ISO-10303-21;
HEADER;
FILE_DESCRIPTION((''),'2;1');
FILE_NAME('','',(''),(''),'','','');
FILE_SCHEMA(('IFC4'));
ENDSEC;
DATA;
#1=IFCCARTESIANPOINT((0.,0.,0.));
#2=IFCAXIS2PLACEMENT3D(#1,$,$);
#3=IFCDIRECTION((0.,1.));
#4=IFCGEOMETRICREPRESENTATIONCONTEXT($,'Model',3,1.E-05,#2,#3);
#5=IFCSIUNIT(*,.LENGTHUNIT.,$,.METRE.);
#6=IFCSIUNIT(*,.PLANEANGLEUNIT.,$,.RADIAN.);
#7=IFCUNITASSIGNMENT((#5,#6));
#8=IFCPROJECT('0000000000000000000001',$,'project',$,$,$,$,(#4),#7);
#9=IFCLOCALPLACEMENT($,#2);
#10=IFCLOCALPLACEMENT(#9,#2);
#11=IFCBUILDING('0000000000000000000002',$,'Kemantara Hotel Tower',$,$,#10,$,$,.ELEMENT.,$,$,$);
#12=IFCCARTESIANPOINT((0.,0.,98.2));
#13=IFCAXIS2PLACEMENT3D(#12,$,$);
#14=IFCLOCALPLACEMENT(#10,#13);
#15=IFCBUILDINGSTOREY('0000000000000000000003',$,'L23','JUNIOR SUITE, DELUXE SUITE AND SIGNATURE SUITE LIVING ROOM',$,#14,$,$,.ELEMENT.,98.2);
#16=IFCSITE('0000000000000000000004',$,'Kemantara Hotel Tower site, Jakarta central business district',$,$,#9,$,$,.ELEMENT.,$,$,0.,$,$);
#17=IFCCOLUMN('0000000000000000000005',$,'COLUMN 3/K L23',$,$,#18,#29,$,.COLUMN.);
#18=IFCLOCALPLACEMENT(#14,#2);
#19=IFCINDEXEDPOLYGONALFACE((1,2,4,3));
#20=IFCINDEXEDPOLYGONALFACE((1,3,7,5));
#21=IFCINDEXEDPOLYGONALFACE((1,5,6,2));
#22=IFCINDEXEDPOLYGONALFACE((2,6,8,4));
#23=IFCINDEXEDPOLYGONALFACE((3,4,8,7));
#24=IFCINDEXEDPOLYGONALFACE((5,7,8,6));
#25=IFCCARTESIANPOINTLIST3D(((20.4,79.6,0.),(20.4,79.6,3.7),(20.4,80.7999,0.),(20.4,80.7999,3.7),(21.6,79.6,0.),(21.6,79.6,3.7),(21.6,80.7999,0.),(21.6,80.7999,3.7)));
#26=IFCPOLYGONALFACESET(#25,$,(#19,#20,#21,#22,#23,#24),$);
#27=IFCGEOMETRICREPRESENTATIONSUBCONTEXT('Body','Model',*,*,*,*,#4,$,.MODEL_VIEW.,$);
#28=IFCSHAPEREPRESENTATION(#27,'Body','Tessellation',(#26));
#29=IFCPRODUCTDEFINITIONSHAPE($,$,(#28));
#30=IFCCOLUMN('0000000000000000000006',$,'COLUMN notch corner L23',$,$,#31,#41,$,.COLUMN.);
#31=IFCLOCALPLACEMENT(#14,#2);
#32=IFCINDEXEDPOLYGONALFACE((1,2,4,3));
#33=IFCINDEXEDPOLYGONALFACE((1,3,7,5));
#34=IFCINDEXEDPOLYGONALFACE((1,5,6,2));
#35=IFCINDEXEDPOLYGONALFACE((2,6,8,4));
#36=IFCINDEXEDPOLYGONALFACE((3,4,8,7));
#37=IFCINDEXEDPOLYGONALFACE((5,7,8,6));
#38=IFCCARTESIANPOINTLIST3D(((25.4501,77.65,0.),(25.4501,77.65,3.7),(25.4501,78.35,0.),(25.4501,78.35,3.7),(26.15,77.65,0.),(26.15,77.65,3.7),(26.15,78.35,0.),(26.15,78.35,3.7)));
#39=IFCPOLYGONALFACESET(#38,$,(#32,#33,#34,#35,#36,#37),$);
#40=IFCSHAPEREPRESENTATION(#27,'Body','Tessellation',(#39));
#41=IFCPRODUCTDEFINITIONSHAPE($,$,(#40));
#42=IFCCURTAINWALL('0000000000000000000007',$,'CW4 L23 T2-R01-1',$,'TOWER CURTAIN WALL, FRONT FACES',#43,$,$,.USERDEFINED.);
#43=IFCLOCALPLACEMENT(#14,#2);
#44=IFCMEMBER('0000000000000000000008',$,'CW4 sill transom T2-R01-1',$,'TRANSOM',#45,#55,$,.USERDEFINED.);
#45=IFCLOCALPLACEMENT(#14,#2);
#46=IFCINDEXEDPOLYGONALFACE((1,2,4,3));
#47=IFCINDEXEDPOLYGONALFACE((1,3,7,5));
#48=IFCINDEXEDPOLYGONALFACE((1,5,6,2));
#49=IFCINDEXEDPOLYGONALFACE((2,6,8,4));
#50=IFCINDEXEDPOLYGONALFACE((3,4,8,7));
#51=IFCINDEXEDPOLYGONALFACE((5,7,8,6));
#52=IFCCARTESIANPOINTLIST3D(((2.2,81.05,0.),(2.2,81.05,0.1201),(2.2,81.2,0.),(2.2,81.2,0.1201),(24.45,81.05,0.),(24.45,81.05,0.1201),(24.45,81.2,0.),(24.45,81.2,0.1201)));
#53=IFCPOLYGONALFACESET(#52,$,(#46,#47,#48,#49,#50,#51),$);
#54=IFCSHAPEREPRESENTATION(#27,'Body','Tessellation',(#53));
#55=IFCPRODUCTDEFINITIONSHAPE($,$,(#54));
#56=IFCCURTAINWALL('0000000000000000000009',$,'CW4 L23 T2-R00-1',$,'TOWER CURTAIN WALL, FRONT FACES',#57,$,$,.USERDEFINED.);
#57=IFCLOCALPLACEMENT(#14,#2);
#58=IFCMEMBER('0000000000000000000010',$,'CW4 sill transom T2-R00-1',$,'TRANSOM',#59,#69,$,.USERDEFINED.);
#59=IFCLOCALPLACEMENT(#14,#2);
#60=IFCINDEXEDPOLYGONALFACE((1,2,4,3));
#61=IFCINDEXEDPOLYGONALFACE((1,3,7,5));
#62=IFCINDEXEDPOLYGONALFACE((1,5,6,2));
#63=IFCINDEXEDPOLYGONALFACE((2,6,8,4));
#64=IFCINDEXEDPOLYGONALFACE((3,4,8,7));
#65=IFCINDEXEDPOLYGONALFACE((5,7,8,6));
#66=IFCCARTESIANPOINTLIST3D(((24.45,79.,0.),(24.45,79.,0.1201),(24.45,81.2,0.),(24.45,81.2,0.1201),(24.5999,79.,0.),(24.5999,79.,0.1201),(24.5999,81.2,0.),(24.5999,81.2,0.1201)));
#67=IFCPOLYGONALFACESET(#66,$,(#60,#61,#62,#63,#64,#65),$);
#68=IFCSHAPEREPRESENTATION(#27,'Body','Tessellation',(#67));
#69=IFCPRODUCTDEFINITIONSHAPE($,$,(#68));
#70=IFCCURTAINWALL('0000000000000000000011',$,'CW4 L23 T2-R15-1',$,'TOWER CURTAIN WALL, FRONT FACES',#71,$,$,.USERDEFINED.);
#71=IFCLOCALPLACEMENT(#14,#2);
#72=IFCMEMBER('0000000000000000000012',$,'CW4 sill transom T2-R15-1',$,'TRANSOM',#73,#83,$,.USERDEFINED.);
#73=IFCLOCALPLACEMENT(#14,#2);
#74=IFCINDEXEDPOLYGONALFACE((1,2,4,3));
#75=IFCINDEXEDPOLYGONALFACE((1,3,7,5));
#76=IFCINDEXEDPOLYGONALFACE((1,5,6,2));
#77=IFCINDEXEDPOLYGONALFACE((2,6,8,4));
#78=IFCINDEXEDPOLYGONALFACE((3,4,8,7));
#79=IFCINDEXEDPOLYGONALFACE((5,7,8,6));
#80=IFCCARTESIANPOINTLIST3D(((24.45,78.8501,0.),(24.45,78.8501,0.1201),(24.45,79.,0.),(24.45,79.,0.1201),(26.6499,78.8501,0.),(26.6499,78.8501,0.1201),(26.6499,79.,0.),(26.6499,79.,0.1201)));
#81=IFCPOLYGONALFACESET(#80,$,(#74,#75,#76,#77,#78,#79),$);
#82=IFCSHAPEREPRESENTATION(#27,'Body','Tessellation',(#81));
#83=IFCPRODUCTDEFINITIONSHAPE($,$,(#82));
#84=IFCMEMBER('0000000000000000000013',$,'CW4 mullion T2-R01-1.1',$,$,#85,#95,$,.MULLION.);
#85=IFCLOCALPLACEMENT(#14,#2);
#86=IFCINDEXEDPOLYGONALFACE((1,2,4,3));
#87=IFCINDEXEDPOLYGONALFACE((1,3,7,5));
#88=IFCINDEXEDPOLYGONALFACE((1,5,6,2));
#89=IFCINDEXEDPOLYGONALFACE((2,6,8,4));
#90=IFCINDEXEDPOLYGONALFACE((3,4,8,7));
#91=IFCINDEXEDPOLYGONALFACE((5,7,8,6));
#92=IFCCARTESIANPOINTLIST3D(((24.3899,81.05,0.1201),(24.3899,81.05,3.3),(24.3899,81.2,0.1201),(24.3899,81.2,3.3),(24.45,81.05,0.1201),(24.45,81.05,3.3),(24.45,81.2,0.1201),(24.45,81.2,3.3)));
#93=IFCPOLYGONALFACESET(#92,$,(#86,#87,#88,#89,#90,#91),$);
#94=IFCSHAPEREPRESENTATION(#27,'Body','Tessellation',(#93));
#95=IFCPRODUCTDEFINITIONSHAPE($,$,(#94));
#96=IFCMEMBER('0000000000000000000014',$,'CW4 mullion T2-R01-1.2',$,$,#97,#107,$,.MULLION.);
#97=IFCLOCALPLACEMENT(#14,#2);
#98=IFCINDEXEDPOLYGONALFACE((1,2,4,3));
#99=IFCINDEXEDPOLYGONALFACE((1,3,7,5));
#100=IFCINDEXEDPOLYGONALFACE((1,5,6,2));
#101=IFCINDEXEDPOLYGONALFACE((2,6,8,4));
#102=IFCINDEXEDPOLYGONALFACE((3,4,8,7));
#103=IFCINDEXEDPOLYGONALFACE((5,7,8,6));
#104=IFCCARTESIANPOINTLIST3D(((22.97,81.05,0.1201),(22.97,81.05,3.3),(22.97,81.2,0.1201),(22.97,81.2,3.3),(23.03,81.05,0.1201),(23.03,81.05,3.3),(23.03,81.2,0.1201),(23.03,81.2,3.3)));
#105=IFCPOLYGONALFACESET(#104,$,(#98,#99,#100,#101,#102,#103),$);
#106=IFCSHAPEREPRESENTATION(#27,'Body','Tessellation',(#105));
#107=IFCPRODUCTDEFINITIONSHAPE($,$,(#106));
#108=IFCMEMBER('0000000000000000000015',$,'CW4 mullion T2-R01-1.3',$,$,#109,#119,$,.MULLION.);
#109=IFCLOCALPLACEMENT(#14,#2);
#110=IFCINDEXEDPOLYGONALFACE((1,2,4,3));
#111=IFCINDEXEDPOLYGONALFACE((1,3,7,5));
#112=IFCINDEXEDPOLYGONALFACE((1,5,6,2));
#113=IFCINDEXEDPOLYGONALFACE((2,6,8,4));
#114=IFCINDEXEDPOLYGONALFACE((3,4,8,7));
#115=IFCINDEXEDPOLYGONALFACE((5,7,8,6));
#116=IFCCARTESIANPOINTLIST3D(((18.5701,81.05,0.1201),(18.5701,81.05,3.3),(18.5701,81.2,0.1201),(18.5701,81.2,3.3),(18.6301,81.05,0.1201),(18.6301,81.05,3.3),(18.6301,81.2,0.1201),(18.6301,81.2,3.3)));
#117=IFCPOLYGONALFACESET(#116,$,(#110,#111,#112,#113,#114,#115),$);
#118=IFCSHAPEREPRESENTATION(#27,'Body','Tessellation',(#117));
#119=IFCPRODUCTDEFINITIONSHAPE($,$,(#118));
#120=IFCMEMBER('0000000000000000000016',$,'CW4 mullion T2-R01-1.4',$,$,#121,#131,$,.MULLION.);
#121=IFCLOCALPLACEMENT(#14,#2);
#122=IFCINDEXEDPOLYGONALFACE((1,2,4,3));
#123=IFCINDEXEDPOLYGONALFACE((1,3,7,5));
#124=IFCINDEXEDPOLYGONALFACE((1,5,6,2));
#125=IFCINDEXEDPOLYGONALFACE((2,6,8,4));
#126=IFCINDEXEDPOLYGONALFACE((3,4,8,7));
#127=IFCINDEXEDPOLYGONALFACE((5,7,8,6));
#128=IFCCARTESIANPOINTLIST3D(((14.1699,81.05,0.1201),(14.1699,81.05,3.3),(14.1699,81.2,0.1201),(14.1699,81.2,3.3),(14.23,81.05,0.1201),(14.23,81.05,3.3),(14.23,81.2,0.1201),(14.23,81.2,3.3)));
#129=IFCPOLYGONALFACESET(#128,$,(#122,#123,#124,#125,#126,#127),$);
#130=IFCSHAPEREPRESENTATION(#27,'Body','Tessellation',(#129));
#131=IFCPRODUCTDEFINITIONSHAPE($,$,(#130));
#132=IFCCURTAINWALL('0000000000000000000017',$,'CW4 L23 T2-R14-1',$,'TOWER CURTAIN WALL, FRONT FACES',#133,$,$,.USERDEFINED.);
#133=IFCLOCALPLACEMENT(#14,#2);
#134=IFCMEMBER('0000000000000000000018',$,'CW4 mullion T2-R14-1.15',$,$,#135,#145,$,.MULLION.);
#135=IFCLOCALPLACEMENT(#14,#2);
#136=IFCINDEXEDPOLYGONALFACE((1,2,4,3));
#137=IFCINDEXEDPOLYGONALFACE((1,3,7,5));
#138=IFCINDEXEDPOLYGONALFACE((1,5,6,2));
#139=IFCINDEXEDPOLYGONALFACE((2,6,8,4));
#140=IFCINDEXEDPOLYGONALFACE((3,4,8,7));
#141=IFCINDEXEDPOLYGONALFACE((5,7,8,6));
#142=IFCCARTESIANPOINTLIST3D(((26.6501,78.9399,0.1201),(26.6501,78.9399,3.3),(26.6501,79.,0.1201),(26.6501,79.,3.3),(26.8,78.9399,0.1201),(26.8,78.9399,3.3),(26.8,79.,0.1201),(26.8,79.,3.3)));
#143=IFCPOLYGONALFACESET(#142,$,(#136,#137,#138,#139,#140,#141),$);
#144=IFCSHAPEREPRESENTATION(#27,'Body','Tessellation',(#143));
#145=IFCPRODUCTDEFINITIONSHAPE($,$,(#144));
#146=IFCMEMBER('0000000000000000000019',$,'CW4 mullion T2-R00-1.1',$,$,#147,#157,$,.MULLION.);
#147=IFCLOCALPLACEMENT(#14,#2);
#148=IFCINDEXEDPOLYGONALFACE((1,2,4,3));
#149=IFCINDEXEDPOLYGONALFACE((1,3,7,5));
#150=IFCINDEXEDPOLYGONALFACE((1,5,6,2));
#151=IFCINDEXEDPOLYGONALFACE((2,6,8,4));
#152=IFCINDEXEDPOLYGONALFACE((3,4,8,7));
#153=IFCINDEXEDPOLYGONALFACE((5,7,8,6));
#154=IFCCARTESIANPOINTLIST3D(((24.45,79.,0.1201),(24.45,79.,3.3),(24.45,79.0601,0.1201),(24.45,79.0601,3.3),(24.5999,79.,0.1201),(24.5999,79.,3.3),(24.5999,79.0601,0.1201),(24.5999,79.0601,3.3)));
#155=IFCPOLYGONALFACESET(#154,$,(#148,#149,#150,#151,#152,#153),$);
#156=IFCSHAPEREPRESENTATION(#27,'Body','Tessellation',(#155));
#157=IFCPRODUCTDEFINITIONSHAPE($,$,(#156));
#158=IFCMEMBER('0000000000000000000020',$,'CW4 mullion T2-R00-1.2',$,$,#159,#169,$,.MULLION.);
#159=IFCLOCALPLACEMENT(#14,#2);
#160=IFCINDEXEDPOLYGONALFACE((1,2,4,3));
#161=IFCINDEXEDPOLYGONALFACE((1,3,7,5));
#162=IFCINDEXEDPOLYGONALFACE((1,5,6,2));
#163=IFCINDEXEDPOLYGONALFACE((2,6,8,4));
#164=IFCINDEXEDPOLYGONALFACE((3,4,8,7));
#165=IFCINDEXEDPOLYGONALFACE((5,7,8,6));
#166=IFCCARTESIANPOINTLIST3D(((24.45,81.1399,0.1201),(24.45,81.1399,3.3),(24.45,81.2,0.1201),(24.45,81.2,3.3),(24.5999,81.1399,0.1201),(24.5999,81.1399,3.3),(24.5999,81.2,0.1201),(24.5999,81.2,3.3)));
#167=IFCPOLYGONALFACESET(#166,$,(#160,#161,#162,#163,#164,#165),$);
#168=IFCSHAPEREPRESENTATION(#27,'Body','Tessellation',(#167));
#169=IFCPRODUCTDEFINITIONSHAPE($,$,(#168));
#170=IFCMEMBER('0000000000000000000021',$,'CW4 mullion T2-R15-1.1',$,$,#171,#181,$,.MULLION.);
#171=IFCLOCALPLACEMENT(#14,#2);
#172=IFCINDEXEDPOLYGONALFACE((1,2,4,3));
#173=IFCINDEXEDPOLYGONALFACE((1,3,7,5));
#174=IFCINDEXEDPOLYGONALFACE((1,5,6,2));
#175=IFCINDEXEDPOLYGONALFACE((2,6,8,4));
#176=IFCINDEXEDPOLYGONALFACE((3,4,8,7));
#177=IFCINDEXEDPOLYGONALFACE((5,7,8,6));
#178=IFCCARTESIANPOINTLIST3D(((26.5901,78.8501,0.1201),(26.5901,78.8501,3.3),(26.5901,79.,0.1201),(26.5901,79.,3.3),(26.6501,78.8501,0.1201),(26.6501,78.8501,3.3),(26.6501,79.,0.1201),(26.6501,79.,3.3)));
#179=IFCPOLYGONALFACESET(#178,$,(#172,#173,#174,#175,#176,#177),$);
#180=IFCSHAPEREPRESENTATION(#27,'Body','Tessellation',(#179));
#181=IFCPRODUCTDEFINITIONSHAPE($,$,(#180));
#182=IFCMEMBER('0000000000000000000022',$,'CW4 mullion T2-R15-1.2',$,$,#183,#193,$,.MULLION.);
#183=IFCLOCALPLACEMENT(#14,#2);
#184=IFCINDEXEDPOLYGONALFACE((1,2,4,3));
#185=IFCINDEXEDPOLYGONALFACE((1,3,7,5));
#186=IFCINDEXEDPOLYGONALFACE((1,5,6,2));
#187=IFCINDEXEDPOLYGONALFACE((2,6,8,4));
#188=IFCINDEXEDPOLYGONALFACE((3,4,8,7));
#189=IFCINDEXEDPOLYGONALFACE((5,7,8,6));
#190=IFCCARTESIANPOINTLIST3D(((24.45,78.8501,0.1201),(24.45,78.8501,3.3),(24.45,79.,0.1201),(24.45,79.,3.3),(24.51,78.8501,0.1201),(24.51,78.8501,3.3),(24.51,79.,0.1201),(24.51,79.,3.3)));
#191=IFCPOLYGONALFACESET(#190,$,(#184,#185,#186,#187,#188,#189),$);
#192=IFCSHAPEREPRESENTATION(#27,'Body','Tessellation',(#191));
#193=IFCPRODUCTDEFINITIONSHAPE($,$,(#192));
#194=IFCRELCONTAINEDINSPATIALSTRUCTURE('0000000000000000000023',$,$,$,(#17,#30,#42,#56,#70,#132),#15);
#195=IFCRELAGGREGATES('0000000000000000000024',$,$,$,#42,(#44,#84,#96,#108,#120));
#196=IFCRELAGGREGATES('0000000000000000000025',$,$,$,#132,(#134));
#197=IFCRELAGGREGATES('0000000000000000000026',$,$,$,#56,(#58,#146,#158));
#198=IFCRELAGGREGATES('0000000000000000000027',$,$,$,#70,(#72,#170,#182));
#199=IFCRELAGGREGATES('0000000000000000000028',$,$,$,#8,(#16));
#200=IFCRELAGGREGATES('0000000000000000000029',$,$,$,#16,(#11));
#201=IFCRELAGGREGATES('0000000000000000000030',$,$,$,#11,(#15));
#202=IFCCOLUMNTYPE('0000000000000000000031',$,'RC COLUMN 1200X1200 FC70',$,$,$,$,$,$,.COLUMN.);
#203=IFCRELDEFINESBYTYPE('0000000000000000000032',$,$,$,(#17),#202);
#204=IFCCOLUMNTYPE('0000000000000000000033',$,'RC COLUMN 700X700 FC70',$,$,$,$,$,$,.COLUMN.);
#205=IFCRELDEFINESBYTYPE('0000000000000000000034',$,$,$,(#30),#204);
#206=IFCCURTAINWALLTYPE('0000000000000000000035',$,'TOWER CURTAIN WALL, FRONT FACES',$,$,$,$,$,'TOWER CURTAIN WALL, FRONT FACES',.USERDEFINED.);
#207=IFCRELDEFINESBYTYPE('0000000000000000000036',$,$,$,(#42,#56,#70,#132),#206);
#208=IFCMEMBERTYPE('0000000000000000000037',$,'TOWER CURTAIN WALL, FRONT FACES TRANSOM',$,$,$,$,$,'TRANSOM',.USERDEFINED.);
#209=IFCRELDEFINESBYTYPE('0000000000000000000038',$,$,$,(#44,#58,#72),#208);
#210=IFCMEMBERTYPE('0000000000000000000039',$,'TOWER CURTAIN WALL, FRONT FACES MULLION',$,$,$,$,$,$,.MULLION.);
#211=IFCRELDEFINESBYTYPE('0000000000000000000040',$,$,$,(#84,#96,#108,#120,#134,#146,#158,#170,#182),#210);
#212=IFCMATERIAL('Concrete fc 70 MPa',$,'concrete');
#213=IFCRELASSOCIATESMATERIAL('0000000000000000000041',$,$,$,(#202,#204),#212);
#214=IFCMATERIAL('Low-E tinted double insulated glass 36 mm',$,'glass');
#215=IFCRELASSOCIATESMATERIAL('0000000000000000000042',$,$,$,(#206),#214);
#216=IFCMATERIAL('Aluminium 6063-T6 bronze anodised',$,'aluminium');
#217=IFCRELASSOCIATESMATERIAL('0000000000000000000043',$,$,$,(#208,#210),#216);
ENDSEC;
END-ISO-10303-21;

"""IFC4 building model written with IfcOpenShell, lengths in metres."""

from ifc_helpers import new_model, si_unit, direction, frame, origin, origin_2d, place, context, subcontext, project, spatial, rectangle, extrude, source, transform, mapped, material, material_profile, profile_set, type_object, element, aggregate, save


model = new_model("IFC4")

# Units and contexts
model_context = context("Model", 3, precision=1e-05, world=origin(), true_north=direction((0.0, 1.0)))
body_context = subcontext(model_context, "Body", "Model", "MODEL_VIEW")
ifc_project = project(units=[si_unit("LENGTHUNIT", "METRE"), si_unit("PLANEANGLEUNIT", "RADIAN")], contexts=[model_context])

# Site, building, storey
site_placement = place(None, origin())
site = spatial("IfcSite", under=ifc_project, at=site_placement, Name="Kemantara Hotel Tower site, Jakarta central business district", CompositionType="ELEMENT", RefElevation=0.0)
building_placement = place(site_placement, origin())
building = spatial("IfcBuilding", under=site, at=building_placement, Name="Kemantara Hotel Tower", CompositionType="ELEMENT")
storey_placement = place(building_placement, frame((0.0, 0.0, 98.2)))
storey = spatial("IfcBuildingStorey", under=building, at=storey_placement, Name="L23", Description="JUNIOR SUITE, DELUXE SUITE AND SIGNATURE SUITE LIVING ROOM", CompositionType="ELEMENT", Elevation=98.2)

# Columns
ifc_material_1 = material(Name="Concrete fc 70 MPa", Category="concrete")
ifc_material_profile_1 = material_profile(ifc_material_1, rectangle(XDim=1.2, YDim=1.2, at=origin_2d()), Name="RC 1200X1200")
ifc_profile_set_1 = profile_set([ifc_material_profile_1], Name="Concrete fc 70 MPa")
column_type_1 = type_object("IfcColumnType", Name="RC COLUMN 1200X1200 FC70", PredefinedType="COLUMN", material=ifc_profile_set_1)
column_1_placement = place(storey_placement, frame((21.0, 80.2, 0.0), z_axis=(0.0, 0.0, 1.0), x_axis=(1.0, 0.0, 0.0)))
element("IfcColumn", 1, at=column_1_placement, inside=storey, type_object=column_type_1, Name="COLUMN 3/K L23", PredefinedType="COLUMN", context=body_context, shape_type="SweptSolid", body=[
    extrude(rectangle(XDim=1.2, YDim=1.2, at=origin_2d()), origin(), (0.0, 0.0, 1.0), 3.7),
])
ifc_material_profile_2 = material_profile(ifc_material_1, rectangle(XDim=0.7, YDim=0.7, at=origin_2d()), Name="RC 700X700")
ifc_profile_set_2 = profile_set([ifc_material_profile_2], Name="Concrete fc 70 MPa")
column_type_2 = type_object("IfcColumnType", Name="RC COLUMN 700X700 FC70", PredefinedType="COLUMN", material=ifc_profile_set_2)
column_2_placement = place(storey_placement, frame((25.8, 78.0, 0.0), z_axis=(0.0, 0.0, 1.0), x_axis=(1.0, 0.0, 0.0)))
element("IfcColumn", 2, at=column_2_placement, inside=storey, type_object=column_type_2, Name="COLUMN notch corner L23", PredefinedType="COLUMN", context=body_context, shape_type="SweptSolid", body=[
    extrude(rectangle(XDim=0.7, YDim=0.7, at=origin_2d()), origin(), (0.0, 0.0, 1.0), 3.7),
])

# Curtain walls, members
ifc_material_2 = material(Name="Low-E tinted double insulated glass 36 mm", Category="glass")
curtain_wall_type = type_object("IfcCurtainWallType", Name="TOWER CURTAIN WALL, FRONT FACES", ElementType="TOWER CURTAIN WALL, FRONT FACES", PredefinedType="USERDEFINED", material=ifc_material_2)
curtain_wall_1_placement = place(storey_placement, origin())
curtain_wall_1 = element("IfcCurtainWall", 3, at=curtain_wall_1_placement, inside=storey, type_object=curtain_wall_type, Name="CW4 L23 T2-R01-1", ObjectType="TOWER CURTAIN WALL, FRONT FACES", PredefinedType="USERDEFINED")
ifc_material_3 = material(Name="Aluminium 6063-T6 bronze anodised", Category="aluminium")
ifc_material_profile_3 = material_profile(ifc_material_3, rectangle(XDim=0.1499, YDim=0.1201, at=origin_2d()), Name="TOWER CURTAIN WALL, FRONT FACES TRANSOM")
ifc_profile_set_3 = profile_set([ifc_material_profile_3], Name="Aluminium 6063-T6 bronze anodised")
member_type_1 = type_object("IfcMemberType", Name="TOWER CURTAIN WALL, FRONT FACES TRANSOM", ElementType="TRANSOM", PredefinedType="USERDEFINED", material=ifc_profile_set_3)
member_1_placement = place(storey_placement, frame((24.45, 81.125, 0.0601), z_axis=(-1.0, 0.0, 0.0), x_axis=(0.0, -1.0, 0.0)))
member_1 = element("IfcMember", 4, at=member_1_placement, type_object=member_type_1, Name="CW4 sill transom T2-R01-1", ObjectType="TRANSOM", PredefinedType="USERDEFINED", context=body_context, shape_type="SweptSolid", body=[
    extrude(rectangle(XDim=0.1499, YDim=0.1201, at=origin_2d()), origin(), (0.0, 0.0, 1.0), 22.25),
])
curtain_wall_2_placement = place(storey_placement, origin())
curtain_wall_2 = element("IfcCurtainWall", 5, at=curtain_wall_2_placement, inside=storey, type_object=curtain_wall_type, Name="CW4 L23 T2-R00-1", ObjectType="TOWER CURTAIN WALL, FRONT FACES", PredefinedType="USERDEFINED")
member_2_placement = place(storey_placement, frame((24.5249, 79.0, 0.0601), z_axis=(0.0, 1.0, 0.0), x_axis=(-1.0, 0.0, 0.0)))
member_2 = element("IfcMember", 6, at=member_2_placement, type_object=member_type_1, Name="CW4 sill transom T2-R00-1", ObjectType="TRANSOM", PredefinedType="USERDEFINED", context=body_context, shape_type="SweptSolid", body=[
    extrude(rectangle(XDim=0.1499, YDim=0.1201, at=origin_2d()), origin(), (0.0, 0.0, 1.0), 2.2),
])
curtain_wall_3_placement = place(storey_placement, origin())
curtain_wall_3 = element("IfcCurtainWall", 7, at=curtain_wall_3_placement, inside=storey, type_object=curtain_wall_type, Name="CW4 L23 T2-R15-1", ObjectType="TOWER CURTAIN WALL, FRONT FACES", PredefinedType="USERDEFINED")
member_3_placement = place(storey_placement, frame((26.6499, 78.925, 0.0601), z_axis=(-1.0, 0.0, 0.0), x_axis=(0.0, -1.0, 0.0)))
member_3 = element("IfcMember", 8, at=member_3_placement, type_object=member_type_1, Name="CW4 sill transom T2-R15-1", ObjectType="TRANSOM", PredefinedType="USERDEFINED", context=body_context, shape_type="SweptSolid", body=[
    extrude(rectangle(XDim=0.1499, YDim=0.1201, at=origin_2d()), origin(), (0.0, 0.0, 1.0), 2.2),
])

# Members
ifc_material_profile_4 = material_profile(ifc_material_3, rectangle(XDim=0.1499, YDim=0.0601, at=origin_2d()), Name="TOWER CURTAIN WALL, FRONT FACES MULLION")
ifc_profile_set_4 = profile_set([ifc_material_profile_4], Name="Aluminium 6063-T6 bronze anodised")
member_type_2 = type_object("IfcMemberType", Name="TOWER CURTAIN WALL, FRONT FACES MULLION", PredefinedType="MULLION", material=ifc_profile_set_4)
shared_shape_1 = source(origin(), body_context, "Body", "SweptSolid", [
    extrude(rectangle(XDim=0.1499, YDim=0.0601, at=origin_2d()), origin(), (0.0, 0.0, 1.0), 3.1799),
])
member_4_placement = place(storey_placement, frame((24.4199, 81.125, 0.1201), z_axis=(0.0, 0.0, 1.0), x_axis=(0.0, -1.0, 0.0)))
member_4 = element("IfcMember", 9, at=member_4_placement, type_object=member_type_2, Name="CW4 mullion T2-R01-1.1", PredefinedType="MULLION", context=body_context, shape_type="MappedRepresentation", body=[
    mapped(shared_shape_1, transform((0.0, 0.0, 0.0))),
])
member_5_placement = place(storey_placement, frame((23.0, 81.125, 0.1201), z_axis=(0.0, 0.0, 1.0), x_axis=(0.0, -1.0, 0.0)))
member_5 = element("IfcMember", 10, at=member_5_placement, type_object=member_type_2, Name="CW4 mullion T2-R01-1.2", PredefinedType="MULLION", context=body_context, shape_type="MappedRepresentation", body=[
    mapped(shared_shape_1, transform((0.0, 0.0, 0.0))),
])
member_6_placement = place(storey_placement, frame((18.6001, 81.125, 0.1201), z_axis=(0.0, 0.0, 1.0), x_axis=(0.0, -1.0, 0.0)))
member_6 = element("IfcMember", 11, at=member_6_placement, type_object=member_type_2, Name="CW4 mullion T2-R01-1.3", PredefinedType="MULLION", context=body_context, shape_type="MappedRepresentation", body=[
    mapped(shared_shape_1, transform((0.0, 0.0, 0.0))),
])
member_7_placement = place(storey_placement, frame((14.2, 81.125, 0.1201), z_axis=(0.0, 0.0, 1.0), x_axis=(0.0, -1.0, 0.0)))
member_7 = element("IfcMember", 12, at=member_7_placement, type_object=member_type_2, Name="CW4 mullion T2-R01-1.4", PredefinedType="MULLION", context=body_context, shape_type="MappedRepresentation", body=[
    mapped(shared_shape_1, transform((0.0, 0.0, 0.0))),
])

# Curtain wall, member
curtain_wall_4_placement = place(storey_placement, origin())
curtain_wall_4 = element("IfcCurtainWall", 13, at=curtain_wall_4_placement, inside=storey, type_object=curtain_wall_type, Name="CW4 L23 T2-R14-1", ObjectType="TOWER CURTAIN WALL, FRONT FACES", PredefinedType="USERDEFINED")
member_8_placement = place(storey_placement, frame((26.7251, 78.97, 0.1201), z_axis=(0.0, 0.0, 1.0), x_axis=(-1.0, 0.0, 0.0)))
member_8 = element("IfcMember", 14, at=member_8_placement, type_object=member_type_2, Name="CW4 mullion T2-R14-1.15", PredefinedType="MULLION", context=body_context, shape_type="MappedRepresentation", body=[
    mapped(shared_shape_1, transform((0.0, 0.0, 0.0))),
])

# Members
member_9_placement = place(storey_placement, frame((24.5249, 79.03, 0.1201), z_axis=(0.0, 0.0, 1.0), x_axis=(-1.0, 0.0, 0.0)))
member_9 = element("IfcMember", 15, at=member_9_placement, type_object=member_type_2, Name="CW4 mullion T2-R00-1.1", PredefinedType="MULLION", context=body_context, shape_type="MappedRepresentation", body=[
    mapped(shared_shape_1, transform((0.0, 0.0, 0.0))),
])
member_10_placement = place(storey_placement, frame((24.5249, 81.1699, 0.1201), z_axis=(0.0, 0.0, 1.0), x_axis=(-1.0, 0.0, 0.0)))
member_10 = element("IfcMember", 16, at=member_10_placement, type_object=member_type_2, Name="CW4 mullion T2-R00-1.2", PredefinedType="MULLION", context=body_context, shape_type="MappedRepresentation", body=[
    mapped(shared_shape_1, transform((0.0, 0.0, 0.0))),
])
member_11_placement = place(storey_placement, frame((26.6201, 78.925, 0.1201), z_axis=(0.0, 0.0, 1.0), x_axis=(0.0, -1.0, 0.0)))
member_11 = element("IfcMember", 17, at=member_11_placement, type_object=member_type_2, Name="CW4 mullion T2-R15-1.1", PredefinedType="MULLION", context=body_context, shape_type="MappedRepresentation", body=[
    mapped(shared_shape_1, transform((0.0, 0.0, 0.0))),
])
member_12_placement = place(storey_placement, frame((24.48, 78.925, 0.1201), z_axis=(0.0, 0.0, 1.0), x_axis=(0.0, -1.0, 0.0)))
member_12 = element("IfcMember", 18, at=member_12_placement, type_object=member_type_2, Name="CW4 mullion T2-R15-1.2", PredefinedType="MULLION", context=body_context, shape_type="MappedRepresentation", body=[
    mapped(shared_shape_1, transform((0.0, 0.0, 0.0))),
])

aggregate(curtain_wall_1, [member_1, member_4, member_5, member_6, member_7])
aggregate(curtain_wall_4, [member_8])
aggregate(curtain_wall_2, [member_2, member_9, member_10])
aggregate(curtain_wall_3, [member_3, member_11, member_12])

save(model, "model.ifc")
